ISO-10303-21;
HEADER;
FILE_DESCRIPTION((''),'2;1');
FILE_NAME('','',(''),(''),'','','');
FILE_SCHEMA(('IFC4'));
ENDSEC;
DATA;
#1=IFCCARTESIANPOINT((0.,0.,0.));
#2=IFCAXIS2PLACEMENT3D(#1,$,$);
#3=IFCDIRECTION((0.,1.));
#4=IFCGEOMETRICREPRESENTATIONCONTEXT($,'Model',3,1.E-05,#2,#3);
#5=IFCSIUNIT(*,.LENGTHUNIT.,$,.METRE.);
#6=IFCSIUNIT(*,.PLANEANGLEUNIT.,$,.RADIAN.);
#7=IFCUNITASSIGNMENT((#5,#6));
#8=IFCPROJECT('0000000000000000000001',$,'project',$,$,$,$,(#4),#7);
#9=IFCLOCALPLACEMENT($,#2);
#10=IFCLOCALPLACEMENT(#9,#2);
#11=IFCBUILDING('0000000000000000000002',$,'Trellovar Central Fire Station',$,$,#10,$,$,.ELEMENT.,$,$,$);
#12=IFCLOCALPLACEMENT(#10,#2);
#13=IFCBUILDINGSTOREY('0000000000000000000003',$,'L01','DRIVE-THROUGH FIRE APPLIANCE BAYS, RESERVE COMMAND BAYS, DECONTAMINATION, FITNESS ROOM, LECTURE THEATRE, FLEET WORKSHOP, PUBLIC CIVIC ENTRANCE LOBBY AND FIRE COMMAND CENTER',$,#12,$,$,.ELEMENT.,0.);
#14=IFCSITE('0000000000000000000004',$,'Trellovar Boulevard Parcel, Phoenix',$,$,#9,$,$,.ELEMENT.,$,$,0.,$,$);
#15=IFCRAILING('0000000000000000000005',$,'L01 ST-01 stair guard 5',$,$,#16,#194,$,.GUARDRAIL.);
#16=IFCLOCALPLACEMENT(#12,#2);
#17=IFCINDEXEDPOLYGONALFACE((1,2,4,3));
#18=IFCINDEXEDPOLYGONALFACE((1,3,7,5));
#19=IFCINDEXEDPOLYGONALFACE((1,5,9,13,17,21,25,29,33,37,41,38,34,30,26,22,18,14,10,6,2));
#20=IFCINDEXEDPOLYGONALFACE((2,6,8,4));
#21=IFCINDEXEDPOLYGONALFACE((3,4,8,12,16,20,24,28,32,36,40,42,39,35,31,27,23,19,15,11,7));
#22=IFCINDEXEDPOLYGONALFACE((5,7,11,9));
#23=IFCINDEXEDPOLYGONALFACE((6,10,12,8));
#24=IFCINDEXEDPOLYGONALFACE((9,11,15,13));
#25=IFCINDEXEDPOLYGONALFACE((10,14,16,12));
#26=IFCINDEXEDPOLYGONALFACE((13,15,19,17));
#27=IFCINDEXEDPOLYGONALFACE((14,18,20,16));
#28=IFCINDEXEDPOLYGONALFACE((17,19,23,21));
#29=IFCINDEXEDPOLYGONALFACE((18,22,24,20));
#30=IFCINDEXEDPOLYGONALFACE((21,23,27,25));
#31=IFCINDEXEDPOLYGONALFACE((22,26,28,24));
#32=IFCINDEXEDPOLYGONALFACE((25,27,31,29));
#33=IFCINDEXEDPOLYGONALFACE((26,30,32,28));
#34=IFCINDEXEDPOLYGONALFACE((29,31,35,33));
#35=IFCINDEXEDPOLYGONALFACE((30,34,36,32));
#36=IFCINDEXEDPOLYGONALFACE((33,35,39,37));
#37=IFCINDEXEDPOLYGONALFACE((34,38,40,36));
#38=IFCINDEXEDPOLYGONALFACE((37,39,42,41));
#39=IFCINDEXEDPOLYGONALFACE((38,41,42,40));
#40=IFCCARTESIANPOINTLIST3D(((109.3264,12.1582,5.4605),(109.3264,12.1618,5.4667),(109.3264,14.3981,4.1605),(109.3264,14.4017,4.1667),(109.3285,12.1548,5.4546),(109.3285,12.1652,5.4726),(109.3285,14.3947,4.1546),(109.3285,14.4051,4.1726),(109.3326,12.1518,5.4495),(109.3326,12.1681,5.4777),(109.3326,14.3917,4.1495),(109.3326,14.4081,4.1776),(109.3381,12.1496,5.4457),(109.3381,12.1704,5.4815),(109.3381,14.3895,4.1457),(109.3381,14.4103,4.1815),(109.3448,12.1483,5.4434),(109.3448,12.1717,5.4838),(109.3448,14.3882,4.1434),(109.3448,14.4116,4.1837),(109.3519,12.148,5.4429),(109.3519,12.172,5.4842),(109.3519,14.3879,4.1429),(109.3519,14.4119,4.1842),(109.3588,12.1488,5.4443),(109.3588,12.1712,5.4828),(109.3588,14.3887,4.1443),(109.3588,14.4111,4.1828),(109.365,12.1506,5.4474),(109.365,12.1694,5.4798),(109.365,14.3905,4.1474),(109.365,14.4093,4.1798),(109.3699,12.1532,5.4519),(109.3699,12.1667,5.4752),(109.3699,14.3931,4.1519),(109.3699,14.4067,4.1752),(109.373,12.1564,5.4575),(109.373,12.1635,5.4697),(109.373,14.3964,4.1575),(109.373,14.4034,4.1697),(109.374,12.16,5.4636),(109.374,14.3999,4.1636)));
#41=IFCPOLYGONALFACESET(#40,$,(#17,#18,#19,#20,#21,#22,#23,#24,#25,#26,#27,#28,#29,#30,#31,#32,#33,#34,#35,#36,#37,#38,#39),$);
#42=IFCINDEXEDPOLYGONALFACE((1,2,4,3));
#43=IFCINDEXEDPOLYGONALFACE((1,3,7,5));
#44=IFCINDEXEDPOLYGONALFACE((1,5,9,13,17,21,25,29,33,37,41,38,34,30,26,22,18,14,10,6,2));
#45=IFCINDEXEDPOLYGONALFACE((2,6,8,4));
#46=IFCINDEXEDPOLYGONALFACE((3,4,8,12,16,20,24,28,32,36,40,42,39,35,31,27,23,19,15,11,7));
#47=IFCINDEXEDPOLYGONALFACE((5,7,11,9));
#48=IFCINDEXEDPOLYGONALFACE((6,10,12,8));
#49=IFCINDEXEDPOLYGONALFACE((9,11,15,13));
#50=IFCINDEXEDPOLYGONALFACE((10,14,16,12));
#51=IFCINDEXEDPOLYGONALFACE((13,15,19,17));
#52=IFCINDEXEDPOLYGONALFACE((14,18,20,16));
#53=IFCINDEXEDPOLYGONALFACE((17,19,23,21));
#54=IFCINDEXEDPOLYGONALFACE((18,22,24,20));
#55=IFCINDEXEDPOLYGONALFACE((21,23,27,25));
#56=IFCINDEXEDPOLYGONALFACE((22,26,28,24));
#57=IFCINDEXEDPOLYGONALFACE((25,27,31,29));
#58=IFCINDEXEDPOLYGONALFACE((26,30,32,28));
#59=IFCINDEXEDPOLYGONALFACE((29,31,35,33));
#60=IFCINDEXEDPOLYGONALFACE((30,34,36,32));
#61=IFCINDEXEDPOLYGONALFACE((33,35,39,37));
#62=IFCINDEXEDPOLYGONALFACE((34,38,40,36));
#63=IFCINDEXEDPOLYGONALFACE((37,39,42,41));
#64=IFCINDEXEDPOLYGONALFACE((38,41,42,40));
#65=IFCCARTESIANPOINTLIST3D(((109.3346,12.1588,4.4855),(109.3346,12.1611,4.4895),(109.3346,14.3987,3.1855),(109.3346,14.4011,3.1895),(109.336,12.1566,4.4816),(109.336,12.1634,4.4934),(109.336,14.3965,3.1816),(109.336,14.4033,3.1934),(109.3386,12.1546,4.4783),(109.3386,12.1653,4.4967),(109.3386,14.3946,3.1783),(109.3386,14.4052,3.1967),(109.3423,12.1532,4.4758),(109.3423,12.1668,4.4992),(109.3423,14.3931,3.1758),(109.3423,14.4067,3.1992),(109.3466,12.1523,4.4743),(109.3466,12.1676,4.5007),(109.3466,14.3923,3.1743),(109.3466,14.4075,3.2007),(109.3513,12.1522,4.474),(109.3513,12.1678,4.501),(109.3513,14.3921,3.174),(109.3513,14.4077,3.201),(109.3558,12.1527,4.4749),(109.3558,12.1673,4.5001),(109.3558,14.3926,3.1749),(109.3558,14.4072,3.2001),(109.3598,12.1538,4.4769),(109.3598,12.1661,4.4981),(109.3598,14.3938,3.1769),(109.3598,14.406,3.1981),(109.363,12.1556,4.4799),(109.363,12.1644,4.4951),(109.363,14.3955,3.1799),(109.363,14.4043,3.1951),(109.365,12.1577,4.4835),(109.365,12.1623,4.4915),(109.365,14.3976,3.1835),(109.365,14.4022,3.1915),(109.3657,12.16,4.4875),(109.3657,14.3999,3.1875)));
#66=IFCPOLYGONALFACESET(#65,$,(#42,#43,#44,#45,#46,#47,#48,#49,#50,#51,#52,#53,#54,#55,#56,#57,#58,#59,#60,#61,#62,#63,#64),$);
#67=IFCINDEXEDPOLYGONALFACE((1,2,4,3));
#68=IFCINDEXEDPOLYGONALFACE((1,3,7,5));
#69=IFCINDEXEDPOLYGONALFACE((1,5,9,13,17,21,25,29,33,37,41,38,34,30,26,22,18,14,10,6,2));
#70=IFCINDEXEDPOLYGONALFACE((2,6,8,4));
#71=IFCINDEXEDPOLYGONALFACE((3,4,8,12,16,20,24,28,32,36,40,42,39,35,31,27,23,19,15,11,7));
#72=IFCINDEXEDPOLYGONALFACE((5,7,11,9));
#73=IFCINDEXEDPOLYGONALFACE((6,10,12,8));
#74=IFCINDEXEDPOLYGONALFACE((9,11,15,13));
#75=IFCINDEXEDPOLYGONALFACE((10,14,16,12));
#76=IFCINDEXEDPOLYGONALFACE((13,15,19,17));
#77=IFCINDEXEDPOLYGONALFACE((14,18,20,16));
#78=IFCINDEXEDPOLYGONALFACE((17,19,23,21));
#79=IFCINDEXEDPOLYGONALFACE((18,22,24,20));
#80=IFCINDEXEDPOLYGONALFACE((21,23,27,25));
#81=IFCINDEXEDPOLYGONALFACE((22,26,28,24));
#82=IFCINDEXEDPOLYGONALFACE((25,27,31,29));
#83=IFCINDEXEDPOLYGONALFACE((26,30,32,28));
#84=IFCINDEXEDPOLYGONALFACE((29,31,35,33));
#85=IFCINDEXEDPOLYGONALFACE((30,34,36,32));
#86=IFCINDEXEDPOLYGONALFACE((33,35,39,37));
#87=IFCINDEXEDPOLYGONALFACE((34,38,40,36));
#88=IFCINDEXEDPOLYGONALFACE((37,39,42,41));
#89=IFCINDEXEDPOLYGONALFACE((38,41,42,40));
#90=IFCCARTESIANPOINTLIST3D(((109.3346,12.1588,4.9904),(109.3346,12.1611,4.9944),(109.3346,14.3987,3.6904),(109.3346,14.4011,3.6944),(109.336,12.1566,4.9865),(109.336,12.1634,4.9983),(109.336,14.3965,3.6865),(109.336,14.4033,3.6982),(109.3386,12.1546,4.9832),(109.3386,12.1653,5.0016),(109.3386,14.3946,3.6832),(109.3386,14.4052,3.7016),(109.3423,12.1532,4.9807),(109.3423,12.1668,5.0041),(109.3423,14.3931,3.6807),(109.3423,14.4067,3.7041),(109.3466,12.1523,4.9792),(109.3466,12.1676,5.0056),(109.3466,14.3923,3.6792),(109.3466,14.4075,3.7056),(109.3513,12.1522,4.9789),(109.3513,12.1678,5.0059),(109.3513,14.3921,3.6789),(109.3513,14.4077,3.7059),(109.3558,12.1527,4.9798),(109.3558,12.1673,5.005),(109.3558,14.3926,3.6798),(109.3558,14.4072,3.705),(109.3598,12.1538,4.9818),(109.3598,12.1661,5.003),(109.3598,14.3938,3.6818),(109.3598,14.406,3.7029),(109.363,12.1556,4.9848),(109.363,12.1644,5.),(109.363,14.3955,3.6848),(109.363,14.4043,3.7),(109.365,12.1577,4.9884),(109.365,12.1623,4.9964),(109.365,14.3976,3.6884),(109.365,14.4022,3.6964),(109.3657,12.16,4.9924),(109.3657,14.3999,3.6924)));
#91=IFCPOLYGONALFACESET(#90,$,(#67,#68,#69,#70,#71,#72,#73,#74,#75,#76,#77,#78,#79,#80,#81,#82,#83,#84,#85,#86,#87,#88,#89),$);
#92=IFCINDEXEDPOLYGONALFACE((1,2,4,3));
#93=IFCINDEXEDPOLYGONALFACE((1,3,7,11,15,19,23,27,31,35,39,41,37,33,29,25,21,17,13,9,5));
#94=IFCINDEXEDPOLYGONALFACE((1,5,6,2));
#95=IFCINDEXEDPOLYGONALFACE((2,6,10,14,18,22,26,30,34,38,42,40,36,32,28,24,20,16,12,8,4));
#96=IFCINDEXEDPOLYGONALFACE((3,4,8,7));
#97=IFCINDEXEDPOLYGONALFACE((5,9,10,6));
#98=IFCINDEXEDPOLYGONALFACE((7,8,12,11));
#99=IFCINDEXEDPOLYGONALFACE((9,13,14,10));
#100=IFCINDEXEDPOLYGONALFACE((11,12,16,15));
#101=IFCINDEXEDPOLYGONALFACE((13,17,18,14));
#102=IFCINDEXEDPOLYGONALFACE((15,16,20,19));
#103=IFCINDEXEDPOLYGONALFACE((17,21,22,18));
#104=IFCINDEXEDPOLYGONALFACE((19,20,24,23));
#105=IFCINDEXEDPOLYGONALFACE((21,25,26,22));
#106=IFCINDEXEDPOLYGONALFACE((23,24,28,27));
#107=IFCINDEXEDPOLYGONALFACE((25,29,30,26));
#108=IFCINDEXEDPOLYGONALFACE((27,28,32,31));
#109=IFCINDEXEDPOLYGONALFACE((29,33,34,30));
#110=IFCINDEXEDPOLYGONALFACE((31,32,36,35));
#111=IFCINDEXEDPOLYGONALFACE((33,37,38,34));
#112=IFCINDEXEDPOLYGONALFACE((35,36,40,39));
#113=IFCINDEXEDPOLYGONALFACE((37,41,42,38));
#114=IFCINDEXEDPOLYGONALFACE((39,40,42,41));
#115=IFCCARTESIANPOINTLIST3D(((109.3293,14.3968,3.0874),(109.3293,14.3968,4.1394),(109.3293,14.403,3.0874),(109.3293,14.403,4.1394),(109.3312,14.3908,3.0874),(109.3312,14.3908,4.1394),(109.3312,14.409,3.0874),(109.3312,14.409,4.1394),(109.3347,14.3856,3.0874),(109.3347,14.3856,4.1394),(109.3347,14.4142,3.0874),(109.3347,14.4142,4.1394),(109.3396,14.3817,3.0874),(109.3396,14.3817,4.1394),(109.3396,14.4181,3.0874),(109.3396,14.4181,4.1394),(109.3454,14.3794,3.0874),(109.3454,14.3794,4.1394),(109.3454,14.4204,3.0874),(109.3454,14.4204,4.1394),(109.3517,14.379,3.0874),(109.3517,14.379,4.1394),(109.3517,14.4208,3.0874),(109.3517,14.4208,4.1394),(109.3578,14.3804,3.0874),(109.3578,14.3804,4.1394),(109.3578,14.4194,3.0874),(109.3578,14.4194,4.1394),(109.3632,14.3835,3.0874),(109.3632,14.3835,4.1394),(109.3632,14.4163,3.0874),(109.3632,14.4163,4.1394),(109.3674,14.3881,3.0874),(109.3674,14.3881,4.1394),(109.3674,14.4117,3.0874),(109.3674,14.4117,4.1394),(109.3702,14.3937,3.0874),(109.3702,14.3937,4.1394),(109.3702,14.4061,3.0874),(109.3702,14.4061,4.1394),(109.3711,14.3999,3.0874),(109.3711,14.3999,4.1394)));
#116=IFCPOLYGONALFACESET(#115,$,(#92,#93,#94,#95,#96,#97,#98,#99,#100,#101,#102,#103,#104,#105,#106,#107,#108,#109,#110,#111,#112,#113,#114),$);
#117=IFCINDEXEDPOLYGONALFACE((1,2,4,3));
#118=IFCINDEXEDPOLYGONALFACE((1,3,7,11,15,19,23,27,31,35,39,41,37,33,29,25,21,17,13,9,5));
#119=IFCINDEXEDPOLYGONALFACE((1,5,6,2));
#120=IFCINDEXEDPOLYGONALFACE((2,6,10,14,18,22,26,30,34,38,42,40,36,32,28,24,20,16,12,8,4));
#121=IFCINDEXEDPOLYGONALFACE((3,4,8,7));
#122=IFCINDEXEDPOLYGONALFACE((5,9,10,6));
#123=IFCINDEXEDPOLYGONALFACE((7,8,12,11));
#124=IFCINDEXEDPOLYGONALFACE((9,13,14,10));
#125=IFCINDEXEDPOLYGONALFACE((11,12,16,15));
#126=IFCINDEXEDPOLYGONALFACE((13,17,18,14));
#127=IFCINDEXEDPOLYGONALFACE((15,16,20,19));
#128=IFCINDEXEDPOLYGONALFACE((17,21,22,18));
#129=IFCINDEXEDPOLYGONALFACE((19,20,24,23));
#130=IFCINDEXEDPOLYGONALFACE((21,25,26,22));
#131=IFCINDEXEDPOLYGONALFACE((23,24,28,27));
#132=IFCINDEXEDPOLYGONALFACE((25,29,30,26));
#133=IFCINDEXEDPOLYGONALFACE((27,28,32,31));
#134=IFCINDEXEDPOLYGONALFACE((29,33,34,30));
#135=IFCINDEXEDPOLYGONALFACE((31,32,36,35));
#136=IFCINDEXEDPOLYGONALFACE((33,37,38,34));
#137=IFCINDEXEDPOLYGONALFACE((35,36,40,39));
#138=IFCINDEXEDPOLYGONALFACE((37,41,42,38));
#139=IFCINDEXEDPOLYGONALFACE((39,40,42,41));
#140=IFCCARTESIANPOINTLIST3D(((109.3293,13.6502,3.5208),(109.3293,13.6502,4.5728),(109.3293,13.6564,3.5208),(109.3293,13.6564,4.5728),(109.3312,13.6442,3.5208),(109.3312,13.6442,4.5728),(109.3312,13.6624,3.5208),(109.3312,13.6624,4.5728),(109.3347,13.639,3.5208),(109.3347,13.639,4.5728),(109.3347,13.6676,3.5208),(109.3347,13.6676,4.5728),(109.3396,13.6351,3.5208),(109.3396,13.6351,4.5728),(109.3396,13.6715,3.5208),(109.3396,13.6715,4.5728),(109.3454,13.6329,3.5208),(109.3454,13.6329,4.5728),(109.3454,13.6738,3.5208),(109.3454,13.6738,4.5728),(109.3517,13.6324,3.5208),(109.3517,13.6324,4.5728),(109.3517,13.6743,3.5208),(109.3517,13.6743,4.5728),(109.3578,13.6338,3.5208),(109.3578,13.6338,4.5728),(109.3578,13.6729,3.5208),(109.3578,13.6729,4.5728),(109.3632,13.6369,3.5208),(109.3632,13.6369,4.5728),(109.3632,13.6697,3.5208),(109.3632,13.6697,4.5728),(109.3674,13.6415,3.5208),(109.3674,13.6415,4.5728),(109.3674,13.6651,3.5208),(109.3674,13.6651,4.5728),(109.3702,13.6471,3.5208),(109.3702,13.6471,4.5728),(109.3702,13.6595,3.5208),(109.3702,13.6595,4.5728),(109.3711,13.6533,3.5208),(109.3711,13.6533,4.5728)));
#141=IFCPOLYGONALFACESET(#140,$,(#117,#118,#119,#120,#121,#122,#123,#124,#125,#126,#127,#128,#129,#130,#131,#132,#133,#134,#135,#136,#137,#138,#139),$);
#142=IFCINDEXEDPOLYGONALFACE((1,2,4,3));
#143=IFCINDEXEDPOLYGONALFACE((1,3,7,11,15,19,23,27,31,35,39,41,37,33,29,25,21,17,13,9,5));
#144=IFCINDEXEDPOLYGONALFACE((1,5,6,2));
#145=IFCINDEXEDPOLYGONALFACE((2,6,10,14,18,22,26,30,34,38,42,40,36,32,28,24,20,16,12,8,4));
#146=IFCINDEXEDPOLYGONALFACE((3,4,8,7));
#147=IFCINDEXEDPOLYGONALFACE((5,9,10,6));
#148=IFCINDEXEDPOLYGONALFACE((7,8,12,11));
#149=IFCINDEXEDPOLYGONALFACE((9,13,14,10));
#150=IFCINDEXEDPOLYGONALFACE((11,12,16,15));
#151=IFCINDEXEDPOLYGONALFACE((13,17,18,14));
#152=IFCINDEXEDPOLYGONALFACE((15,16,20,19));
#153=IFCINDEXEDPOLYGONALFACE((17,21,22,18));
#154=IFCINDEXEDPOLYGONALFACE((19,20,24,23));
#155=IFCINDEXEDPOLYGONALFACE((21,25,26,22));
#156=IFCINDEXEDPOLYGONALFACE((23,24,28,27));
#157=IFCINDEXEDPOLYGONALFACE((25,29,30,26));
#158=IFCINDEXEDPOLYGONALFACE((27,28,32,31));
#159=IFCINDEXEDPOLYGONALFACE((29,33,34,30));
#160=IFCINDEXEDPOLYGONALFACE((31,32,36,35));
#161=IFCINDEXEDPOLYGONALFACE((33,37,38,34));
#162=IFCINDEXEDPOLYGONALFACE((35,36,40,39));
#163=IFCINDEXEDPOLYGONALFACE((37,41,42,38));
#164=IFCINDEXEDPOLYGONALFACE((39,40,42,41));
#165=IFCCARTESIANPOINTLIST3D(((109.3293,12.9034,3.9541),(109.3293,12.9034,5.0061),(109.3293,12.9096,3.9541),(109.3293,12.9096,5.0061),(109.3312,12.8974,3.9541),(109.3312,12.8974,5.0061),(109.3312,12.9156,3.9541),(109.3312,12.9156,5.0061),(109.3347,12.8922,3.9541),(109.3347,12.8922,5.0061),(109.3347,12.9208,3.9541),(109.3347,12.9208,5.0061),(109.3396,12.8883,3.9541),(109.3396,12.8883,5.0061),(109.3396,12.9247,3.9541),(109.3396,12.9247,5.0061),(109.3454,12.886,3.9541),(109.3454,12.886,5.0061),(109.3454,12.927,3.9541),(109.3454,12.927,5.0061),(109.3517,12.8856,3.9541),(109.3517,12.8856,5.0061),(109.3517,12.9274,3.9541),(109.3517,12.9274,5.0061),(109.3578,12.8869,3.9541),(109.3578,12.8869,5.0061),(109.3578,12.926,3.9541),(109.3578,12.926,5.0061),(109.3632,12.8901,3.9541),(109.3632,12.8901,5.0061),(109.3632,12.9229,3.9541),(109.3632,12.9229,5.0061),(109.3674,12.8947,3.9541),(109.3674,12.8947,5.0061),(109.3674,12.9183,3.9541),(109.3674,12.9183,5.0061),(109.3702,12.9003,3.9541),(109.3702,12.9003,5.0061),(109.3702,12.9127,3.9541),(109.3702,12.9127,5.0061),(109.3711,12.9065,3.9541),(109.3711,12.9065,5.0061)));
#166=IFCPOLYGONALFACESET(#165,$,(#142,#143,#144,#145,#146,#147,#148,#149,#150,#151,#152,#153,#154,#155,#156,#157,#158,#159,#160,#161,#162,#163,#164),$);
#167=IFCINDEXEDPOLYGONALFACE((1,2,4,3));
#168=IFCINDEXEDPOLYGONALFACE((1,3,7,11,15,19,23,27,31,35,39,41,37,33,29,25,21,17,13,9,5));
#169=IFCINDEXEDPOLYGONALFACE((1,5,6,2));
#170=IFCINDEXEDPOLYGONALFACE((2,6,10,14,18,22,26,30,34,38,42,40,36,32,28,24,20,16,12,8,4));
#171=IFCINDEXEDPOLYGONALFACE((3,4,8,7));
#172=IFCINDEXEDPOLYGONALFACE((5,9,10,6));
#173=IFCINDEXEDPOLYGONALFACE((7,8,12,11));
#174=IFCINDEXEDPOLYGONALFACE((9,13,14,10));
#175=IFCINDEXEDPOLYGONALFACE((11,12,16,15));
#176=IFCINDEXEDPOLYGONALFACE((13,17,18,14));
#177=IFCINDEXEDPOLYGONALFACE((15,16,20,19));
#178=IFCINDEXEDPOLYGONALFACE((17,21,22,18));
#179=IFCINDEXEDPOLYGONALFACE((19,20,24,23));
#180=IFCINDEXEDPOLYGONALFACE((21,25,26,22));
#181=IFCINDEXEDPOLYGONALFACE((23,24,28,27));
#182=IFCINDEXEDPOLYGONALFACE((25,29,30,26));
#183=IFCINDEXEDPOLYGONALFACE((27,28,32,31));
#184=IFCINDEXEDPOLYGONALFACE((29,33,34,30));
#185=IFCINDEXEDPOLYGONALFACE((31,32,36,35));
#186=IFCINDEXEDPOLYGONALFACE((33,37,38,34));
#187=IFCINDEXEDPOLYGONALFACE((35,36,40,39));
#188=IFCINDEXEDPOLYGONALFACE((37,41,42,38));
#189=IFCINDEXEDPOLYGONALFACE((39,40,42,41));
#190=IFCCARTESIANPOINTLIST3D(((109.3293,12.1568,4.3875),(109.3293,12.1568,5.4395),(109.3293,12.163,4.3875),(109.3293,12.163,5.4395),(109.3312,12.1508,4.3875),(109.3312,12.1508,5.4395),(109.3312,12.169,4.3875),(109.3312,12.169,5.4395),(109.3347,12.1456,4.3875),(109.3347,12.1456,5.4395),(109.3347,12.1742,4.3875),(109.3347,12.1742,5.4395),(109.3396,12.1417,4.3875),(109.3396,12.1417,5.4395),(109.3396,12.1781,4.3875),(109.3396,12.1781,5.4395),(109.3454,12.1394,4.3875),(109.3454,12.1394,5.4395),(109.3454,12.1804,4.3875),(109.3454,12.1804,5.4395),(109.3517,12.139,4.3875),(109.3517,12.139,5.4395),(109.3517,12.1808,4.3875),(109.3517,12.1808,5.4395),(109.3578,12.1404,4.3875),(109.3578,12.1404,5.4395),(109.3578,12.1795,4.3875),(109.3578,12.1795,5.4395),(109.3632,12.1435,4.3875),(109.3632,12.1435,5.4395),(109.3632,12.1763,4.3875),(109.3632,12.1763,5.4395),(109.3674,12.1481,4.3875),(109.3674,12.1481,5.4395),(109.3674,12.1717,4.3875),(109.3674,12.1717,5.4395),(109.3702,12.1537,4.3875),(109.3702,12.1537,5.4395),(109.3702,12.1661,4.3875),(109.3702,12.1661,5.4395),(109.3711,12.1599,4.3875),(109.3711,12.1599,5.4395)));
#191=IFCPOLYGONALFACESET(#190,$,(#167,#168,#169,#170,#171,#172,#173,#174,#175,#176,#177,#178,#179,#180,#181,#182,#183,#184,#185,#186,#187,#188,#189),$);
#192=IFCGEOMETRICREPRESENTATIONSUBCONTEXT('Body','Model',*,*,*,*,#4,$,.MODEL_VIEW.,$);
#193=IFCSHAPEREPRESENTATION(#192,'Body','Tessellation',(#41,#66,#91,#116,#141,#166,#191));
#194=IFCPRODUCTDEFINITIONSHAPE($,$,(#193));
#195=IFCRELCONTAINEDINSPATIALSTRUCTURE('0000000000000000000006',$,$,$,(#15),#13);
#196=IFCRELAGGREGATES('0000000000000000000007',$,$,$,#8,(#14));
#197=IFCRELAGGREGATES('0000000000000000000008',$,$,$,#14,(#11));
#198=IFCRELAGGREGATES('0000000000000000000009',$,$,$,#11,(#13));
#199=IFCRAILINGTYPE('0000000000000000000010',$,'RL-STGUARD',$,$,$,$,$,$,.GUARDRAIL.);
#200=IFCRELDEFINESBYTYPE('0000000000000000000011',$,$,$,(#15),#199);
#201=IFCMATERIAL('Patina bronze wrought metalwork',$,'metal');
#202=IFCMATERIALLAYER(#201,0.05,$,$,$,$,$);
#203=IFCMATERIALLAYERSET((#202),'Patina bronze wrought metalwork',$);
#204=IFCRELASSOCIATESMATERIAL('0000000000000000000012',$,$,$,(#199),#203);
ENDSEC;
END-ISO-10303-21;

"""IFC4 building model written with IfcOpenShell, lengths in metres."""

from ifc_helpers import new_model, si_unit, direction, frame, origin, origin_2d, place, context, subcontext, project, spatial, circle, extrude, material, layer, layer_set, type_object, element, save


model = new_model("IFC4")

# Units and contexts
model_context = context("Model", 3, precision=1e-05, world=origin(), true_north=direction((0.0, 1.0)))
body_context = subcontext(model_context, "Body", "Model", "MODEL_VIEW")
ifc_project = project(units=[si_unit("LENGTHUNIT", "METRE"), si_unit("PLANEANGLEUNIT", "RADIAN")], contexts=[model_context])

# Site, building, storey
site_placement = place(None, origin())
site = spatial("IfcSite", under=ifc_project, at=site_placement, Name="Trellovar Boulevard Parcel, Phoenix", CompositionType="ELEMENT", RefElevation=0.0)
building_placement = place(site_placement, origin())
building = spatial("IfcBuilding", under=site, at=building_placement, Name="Trellovar Central Fire Station", CompositionType="ELEMENT")
storey_placement = place(building_placement, origin())
storey = spatial("IfcBuildingStorey", under=building, at=storey_placement, Name="L01", Description="DRIVE-THROUGH FIRE APPLIANCE BAYS, RESERVE COMMAND BAYS, DECONTAMINATION, FITNESS ROOM, LECTURE THEATRE, FLEET WORKSHOP, PUBLIC CIVIC ENTRANCE LOBBY AND FIRE COMMAND CENTER", CompositionType="ELEMENT", Elevation=0.0)

# Railing
ifc_material_1 = material(Name="Patina bronze wrought metalwork", Category="metal")
ifc_layer_1 = layer(ifc_material_1, 0.05)
ifc_layer_set_1 = layer_set([ifc_layer_1], Name="Patina bronze wrought metalwork")
railing_type = type_object("IfcRailingType", Name="RL-STGUARD", PredefinedType="GUARDRAIL", material=ifc_layer_set_1)
railing_1_placement = place(storey_placement, frame((109.3501, 14.3999, 3.0874)))
element("IfcRailing", 1, at=railing_1_placement, inside=storey, type_object=railing_type, Name="L01 ST-01 stair guard 5", PredefinedType="GUARDRAIL", context=body_context, shape_type="SweptSolid", body=[
    extrude(circle(Radius=0.0239, at=origin_2d()), frame((0.0, 0.0, 1.0762), z_axis=(0.0, -0.864888, 0.501965), x_axis=(1.0, 0.0, 0.0)), (0.0, 0.0, 1.0), 2.5898),
    extrude(circle(Radius=0.0156, at=origin_2d()), frame((0.0, 0.0, 0.1001), z_axis=(0.0, -0.864888, 0.501965), x_axis=(1.0, 0.0, 0.0)), (0.0, 0.0, 1.0), 2.5898),
    extrude(circle(Radius=0.0156, at=origin_2d()), frame((0.0, 0.0, 0.605), z_axis=(0.0, -0.864888, 0.501965), x_axis=(1.0, 0.0, 0.0)), (0.0, 0.0, 1.0), 2.5898),
    extrude(circle(Radius=0.021, at=origin_2d()), origin(), (0.0, 0.0, 1.0), 1.052),
    extrude(circle(Radius=0.021, at=origin_2d()), frame((0.0, -0.7466, 0.4333)), (0.0, 0.0, 1.0), 1.052),
    extrude(circle(Radius=0.021, at=origin_2d()), frame((0.0, -1.4934, 0.8667)), (0.0, 0.0, 1.0), 1.052),
    extrude(circle(Radius=0.021, at=origin_2d()), frame((0.0, -2.24, 1.3)), (0.0, 0.0, 1.0), 1.052),
])

save(model, "model.ifc")
